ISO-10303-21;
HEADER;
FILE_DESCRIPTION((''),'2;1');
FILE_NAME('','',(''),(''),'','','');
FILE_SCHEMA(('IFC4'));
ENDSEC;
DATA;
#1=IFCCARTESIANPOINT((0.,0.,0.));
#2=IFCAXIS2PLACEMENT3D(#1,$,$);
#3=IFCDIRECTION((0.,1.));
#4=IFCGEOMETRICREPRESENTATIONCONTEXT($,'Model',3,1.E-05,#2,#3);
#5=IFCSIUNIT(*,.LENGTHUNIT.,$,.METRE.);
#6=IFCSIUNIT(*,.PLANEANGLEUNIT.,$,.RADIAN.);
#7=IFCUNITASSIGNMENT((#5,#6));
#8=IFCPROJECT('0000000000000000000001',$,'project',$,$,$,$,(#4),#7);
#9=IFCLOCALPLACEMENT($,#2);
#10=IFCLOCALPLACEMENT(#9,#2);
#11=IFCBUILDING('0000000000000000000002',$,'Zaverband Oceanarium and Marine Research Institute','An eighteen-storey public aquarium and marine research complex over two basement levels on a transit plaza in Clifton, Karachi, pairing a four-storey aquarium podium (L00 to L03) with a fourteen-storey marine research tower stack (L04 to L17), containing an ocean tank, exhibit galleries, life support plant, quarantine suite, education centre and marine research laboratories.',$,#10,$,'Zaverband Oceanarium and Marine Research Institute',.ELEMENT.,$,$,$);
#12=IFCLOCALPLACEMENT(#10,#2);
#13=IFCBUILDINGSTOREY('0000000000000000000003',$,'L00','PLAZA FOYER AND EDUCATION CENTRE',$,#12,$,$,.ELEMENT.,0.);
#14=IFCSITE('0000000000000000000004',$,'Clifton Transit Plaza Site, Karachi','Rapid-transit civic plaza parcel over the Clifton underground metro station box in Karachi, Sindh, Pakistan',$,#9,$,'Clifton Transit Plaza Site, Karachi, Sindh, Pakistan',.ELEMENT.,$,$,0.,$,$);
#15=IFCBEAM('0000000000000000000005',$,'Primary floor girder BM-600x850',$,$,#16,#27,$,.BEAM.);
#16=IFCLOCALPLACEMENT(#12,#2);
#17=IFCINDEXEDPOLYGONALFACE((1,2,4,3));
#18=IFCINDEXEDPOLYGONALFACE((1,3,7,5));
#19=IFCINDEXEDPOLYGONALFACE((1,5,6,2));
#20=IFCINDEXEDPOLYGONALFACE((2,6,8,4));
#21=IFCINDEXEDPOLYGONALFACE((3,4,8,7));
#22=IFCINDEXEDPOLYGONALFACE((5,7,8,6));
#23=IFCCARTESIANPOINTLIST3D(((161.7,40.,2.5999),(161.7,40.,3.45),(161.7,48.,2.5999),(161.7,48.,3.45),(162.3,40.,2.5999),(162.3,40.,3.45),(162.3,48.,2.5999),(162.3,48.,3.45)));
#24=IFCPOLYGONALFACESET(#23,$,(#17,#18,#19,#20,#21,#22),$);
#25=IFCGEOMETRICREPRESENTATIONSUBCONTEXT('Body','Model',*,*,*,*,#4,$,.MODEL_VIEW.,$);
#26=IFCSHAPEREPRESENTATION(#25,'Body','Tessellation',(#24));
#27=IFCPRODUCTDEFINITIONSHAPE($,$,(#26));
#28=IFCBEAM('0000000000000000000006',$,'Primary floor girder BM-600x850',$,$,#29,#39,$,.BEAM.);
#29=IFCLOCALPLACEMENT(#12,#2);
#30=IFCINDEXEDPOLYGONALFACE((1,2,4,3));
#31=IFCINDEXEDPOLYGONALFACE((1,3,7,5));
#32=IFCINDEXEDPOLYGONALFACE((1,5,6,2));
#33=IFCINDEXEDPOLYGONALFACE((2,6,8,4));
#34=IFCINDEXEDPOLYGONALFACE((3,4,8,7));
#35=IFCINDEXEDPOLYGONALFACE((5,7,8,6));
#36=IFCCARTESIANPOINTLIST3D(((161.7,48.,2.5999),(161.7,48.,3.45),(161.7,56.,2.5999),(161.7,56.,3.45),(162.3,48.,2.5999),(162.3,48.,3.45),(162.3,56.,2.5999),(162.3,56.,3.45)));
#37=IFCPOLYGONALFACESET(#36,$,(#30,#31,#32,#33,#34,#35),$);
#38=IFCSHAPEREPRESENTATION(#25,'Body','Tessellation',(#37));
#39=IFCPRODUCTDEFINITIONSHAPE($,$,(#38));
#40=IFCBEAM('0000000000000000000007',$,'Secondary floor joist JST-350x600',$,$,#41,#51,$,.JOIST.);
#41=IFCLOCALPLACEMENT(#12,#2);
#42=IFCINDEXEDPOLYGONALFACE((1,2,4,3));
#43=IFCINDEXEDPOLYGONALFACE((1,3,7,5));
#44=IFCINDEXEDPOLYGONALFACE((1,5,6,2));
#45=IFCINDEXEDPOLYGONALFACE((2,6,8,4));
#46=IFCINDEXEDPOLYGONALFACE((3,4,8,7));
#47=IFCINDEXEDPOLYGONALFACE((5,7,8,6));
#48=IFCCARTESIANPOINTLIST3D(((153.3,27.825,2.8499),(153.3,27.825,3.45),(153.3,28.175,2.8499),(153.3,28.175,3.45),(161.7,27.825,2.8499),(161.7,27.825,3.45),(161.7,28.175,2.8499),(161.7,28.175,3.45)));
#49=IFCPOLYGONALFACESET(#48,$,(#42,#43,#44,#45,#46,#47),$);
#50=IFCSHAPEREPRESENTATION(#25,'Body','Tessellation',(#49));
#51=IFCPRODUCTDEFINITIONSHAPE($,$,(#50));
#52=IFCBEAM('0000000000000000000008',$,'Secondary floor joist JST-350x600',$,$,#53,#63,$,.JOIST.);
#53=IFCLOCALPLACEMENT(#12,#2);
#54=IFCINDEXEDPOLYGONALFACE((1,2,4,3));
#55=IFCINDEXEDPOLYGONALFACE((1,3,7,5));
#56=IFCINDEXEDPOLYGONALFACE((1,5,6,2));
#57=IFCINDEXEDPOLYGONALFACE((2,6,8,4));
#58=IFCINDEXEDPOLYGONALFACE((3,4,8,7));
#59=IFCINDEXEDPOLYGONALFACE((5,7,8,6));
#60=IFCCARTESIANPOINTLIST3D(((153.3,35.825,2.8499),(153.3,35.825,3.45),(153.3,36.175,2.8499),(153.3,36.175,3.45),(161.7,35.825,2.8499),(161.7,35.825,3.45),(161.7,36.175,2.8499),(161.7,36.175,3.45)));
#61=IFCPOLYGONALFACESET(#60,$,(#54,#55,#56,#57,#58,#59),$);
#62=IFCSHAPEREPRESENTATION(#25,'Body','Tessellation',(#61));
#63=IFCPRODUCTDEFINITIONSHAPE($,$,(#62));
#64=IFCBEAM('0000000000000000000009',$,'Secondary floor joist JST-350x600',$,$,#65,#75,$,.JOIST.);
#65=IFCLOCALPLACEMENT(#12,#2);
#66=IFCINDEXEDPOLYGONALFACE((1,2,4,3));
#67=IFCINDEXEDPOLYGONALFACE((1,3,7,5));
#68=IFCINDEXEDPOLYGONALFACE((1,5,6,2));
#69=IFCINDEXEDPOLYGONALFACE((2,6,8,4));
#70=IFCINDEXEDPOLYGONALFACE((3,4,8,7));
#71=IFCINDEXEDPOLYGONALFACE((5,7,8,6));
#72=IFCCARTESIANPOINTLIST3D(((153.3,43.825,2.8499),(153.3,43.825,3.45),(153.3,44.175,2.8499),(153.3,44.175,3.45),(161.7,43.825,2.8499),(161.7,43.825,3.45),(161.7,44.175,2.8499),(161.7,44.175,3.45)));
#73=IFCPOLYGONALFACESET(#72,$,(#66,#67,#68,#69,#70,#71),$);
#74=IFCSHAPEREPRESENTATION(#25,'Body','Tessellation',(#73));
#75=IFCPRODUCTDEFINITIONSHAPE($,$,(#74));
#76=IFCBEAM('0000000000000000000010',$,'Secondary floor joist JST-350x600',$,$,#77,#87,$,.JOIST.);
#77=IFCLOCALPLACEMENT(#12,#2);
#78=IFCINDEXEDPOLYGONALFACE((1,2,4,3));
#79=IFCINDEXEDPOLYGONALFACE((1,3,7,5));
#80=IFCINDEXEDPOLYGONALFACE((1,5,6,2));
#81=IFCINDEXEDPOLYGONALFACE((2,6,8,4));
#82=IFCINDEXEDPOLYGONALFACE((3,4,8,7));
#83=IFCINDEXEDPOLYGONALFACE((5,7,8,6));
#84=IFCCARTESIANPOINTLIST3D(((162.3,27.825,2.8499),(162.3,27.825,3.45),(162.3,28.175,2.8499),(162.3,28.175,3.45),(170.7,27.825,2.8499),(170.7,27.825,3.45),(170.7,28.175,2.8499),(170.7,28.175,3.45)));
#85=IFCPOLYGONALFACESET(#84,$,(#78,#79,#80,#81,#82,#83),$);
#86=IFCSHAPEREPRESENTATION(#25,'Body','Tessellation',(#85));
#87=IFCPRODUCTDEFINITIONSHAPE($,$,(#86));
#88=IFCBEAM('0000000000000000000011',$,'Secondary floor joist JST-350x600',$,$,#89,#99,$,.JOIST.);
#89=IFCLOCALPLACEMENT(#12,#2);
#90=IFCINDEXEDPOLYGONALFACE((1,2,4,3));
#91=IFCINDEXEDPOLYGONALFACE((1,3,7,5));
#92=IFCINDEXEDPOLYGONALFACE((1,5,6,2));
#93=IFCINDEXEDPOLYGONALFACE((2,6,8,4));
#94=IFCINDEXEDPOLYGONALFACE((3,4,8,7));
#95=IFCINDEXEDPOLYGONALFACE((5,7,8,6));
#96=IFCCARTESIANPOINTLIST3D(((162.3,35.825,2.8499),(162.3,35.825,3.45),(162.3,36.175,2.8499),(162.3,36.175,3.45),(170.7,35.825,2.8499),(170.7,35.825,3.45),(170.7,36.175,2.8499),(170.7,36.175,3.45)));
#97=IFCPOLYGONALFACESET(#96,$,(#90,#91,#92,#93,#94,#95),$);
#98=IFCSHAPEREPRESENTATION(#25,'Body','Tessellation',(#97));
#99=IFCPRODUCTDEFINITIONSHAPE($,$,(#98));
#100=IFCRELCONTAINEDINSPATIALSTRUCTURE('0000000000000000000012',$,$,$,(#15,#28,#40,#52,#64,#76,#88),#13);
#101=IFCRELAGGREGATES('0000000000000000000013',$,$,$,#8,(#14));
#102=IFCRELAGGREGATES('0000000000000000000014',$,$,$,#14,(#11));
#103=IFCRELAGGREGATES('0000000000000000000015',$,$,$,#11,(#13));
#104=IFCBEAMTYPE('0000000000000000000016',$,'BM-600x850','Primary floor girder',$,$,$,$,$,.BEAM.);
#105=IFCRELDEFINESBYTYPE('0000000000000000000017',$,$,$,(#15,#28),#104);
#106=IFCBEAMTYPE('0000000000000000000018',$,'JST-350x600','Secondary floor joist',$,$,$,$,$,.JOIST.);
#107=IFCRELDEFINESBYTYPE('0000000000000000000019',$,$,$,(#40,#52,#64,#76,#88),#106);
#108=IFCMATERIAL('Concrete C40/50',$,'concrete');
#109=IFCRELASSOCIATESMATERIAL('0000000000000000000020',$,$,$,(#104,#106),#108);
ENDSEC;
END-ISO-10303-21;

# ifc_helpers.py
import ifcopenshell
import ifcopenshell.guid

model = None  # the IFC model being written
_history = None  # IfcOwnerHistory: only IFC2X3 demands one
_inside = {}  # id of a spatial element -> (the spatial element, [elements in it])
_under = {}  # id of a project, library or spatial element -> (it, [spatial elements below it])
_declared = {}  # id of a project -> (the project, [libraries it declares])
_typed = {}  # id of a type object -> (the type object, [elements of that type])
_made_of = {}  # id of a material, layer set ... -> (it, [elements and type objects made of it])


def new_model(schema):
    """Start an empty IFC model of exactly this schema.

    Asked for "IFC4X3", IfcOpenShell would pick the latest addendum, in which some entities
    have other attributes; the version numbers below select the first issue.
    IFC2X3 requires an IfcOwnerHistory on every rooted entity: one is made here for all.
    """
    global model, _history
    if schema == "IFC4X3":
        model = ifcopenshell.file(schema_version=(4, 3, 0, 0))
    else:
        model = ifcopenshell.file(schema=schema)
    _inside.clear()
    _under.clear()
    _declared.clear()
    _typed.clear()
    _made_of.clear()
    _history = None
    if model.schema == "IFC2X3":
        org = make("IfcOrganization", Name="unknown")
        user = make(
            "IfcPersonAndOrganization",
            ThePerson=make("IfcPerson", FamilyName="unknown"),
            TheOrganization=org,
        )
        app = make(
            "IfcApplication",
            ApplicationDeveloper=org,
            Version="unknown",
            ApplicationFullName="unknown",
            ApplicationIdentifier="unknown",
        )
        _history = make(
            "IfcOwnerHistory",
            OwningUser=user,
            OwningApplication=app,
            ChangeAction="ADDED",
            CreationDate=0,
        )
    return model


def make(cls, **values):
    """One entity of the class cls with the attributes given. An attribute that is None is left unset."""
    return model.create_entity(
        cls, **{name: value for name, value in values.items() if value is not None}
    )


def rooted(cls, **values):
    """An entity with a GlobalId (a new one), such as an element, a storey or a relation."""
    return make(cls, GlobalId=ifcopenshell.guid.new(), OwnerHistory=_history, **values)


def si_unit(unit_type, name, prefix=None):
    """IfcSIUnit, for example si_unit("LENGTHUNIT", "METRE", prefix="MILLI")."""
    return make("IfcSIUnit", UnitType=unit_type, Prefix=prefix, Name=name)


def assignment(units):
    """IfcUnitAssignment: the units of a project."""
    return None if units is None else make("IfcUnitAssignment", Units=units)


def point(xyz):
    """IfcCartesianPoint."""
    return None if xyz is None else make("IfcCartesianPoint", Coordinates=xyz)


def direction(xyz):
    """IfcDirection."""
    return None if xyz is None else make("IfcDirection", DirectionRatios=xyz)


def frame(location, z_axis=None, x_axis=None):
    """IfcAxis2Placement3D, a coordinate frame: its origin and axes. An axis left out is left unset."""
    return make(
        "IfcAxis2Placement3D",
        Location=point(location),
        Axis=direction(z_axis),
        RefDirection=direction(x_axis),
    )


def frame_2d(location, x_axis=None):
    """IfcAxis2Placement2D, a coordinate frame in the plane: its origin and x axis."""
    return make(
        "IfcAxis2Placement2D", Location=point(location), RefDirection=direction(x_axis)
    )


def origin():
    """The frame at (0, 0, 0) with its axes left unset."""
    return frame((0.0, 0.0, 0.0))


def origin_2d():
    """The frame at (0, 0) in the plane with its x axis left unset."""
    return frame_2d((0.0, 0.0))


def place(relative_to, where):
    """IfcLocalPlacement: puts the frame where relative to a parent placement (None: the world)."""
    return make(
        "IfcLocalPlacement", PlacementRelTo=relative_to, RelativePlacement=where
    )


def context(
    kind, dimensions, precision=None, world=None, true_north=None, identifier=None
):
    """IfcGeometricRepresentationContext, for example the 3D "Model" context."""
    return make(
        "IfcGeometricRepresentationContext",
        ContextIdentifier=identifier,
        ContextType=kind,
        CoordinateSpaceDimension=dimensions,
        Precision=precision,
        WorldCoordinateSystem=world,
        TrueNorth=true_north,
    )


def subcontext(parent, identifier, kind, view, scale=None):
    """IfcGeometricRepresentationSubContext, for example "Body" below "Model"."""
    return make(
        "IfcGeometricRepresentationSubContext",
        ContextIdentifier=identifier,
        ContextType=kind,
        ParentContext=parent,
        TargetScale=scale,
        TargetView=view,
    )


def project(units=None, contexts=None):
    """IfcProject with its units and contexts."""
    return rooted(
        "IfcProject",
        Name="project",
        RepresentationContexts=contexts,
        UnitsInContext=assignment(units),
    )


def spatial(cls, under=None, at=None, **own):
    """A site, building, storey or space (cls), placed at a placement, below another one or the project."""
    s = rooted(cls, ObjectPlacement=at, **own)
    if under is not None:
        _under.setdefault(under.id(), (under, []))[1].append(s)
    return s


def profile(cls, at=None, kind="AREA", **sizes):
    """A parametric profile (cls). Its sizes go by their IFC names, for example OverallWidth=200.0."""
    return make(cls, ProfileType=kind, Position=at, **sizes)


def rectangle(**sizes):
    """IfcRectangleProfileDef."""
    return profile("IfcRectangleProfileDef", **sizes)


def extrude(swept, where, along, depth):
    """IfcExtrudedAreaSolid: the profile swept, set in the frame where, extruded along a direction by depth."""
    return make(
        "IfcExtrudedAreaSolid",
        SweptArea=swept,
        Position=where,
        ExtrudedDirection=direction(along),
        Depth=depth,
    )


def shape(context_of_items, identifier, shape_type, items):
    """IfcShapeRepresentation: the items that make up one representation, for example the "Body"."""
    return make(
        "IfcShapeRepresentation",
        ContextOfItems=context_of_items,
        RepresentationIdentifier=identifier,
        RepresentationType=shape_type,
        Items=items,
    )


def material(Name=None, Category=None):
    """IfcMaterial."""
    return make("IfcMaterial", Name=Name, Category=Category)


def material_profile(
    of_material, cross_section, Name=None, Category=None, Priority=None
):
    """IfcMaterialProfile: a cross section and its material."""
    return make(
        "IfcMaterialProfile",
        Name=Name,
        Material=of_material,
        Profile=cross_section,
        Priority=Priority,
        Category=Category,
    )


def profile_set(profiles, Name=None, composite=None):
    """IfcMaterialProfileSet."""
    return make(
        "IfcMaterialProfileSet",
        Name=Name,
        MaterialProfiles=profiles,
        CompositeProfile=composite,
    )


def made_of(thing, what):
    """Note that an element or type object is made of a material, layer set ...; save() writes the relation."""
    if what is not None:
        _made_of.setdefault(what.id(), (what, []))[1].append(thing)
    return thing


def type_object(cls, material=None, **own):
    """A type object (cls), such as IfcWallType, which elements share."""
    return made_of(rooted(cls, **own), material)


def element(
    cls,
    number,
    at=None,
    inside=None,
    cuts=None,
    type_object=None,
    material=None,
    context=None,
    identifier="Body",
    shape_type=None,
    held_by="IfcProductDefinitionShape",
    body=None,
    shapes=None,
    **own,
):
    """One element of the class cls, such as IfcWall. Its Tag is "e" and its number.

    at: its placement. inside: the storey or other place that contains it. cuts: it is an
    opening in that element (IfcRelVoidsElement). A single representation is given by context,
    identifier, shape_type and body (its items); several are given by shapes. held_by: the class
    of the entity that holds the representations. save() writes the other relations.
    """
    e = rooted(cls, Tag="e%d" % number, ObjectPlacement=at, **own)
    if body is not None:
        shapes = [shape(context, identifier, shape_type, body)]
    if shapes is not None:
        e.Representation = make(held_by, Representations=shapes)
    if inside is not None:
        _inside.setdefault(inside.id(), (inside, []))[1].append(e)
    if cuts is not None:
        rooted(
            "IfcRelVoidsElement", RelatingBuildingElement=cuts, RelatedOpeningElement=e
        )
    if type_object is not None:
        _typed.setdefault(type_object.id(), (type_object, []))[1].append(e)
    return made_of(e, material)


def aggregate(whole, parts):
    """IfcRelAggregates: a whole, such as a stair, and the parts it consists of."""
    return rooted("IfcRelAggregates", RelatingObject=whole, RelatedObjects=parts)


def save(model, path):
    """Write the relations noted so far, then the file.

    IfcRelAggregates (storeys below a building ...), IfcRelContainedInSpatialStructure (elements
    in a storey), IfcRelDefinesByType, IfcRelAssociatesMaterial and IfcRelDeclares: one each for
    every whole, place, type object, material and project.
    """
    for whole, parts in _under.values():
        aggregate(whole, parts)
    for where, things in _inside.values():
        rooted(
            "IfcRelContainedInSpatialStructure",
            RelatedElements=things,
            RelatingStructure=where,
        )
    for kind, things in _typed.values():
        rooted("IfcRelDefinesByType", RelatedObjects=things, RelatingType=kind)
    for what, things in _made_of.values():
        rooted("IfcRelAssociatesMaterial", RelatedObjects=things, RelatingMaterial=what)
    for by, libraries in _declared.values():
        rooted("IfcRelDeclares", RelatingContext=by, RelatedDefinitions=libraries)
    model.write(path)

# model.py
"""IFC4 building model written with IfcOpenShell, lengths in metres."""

from ifc_helpers import new_model, si_unit, direction, frame, origin, origin_2d, place, context, subcontext, project, spatial, rectangle, extrude, material, material_profile, profile_set, type_object, element, save


model = new_model("IFC4")

# Units and contexts
model_context = context("Model", 3, precision=1e-05, world=origin(), true_north=direction((0.0, 1.0)))
body_context = subcontext(model_context, "Body", "Model", "MODEL_VIEW")
ifc_project = project(units=[si_unit("LENGTHUNIT", "METRE"), si_unit("PLANEANGLEUNIT", "RADIAN")], contexts=[model_context])

# Site, building, storey
site_placement = place(None, origin())
site = spatial("IfcSite", under=ifc_project, at=site_placement, Name="Clifton Transit Plaza Site, Karachi", Description="Rapid-transit civic plaza parcel over the Clifton underground metro station box in Karachi, Sindh, Pakistan", LongName="Clifton Transit Plaza Site, Karachi, Sindh, Pakistan", CompositionType="ELEMENT", RefElevation=0.0)
building_placement = place(site_placement, origin())
building = spatial("IfcBuilding", under=site, at=building_placement, Name="Zaverband Oceanarium and Marine Research Institute", Description="An eighteen-storey public aquarium and marine research complex over two basement levels on a transit plaza in Clifton, Karachi, pairing a four-storey aquarium podium (L00 to L03) with a fourteen-storey marine research tower stack (L04 to L17), containing an ocean tank, exhibit galleries, life support plant, quarantine suite, education centre and marine research laboratories.", LongName="Zaverband Oceanarium and Marine Research Institute", CompositionType="ELEMENT")
storey_placement = place(building_placement, origin())
storey = spatial("IfcBuildingStorey", under=building, at=storey_placement, Name="L00", Description="PLAZA FOYER AND EDUCATION CENTRE", CompositionType="ELEMENT", Elevation=0.0)

# Beams
ifc_material_1 = material(Name="Concrete C40/50", Category="concrete")
ifc_material_profile_1 = material_profile(ifc_material_1, rectangle(XDim=0.6001, YDim=0.8501, at=origin_2d()), Name="RC600x850")
ifc_profile_set_1 = profile_set([ifc_material_profile_1], Name="Concrete C40/50")
beam_type_1 = type_object("IfcBeamType", Name="BM-600x850", Description="Primary floor girder", PredefinedType="BEAM", material=ifc_profile_set_1)
for number, where, z_axis, x_axis, name in (
    (1, (162.0, 40.0, 3.0249), (0.0, 1.0, 0.0), (-1.0, 0.0, 0.0), "Primary floor girder BM-600x850"),
    (2, (162.0, 48.0, 3.0249), (0.0, 1.0, 0.0), (-1.0, 0.0, 0.0), "Primary floor girder BM-600x850"),
):
    element("IfcBeam", number, at=place(storey_placement, frame(where, z_axis=z_axis, x_axis=x_axis)), inside=storey, type_object=beam_type_1, Name=name, PredefinedType="BEAM", context=body_context, shape_type="SweptSolid", body=[
        extrude(rectangle(XDim=0.6001, YDim=0.8501, at=origin_2d()), origin(), (0.0, 0.0, 1.0), 8.0),
    ])
ifc_material_profile_2 = material_profile(ifc_material_1, rectangle(XDim=0.3501, YDim=0.6001, at=origin_2d()), Name="RC350x600")
ifc_profile_set_2 = profile_set([ifc_material_profile_2], Name="Concrete C40/50")
beam_type_2 = type_object("IfcBeamType", Name="JST-350x600", Description="Secondary floor joist", PredefinedType="JOIST", material=ifc_profile_set_2)
for number, where, z_axis, x_axis, name in (
    (3, (153.3, 28.0, 3.1499), (1.0, 0.0, 0.0), (0.0, 1.0, 0.0), "Secondary floor joist JST-350x600"),
    (4, (153.3, 36.0, 3.1499), (1.0, 0.0, 0.0), (0.0, 1.0, 0.0), "Secondary floor joist JST-350x600"),
    (5, (153.3, 44.0, 3.1499), (1.0, 0.0, 0.0), (0.0, 1.0, 0.0), "Secondary floor joist JST-350x600"),
    (6, (162.3, 28.0, 3.1499), (1.0, 0.0, 0.0), (0.0, 1.0, 0.0), "Secondary floor joist JST-350x600"),
    (7, (162.3, 36.0, 3.1499), (1.0, 0.0, 0.0), (0.0, 1.0, 0.0), "Secondary floor joist JST-350x600"),
):
    element("IfcBeam", number, at=place(storey_placement, frame(where, z_axis=z_axis, x_axis=x_axis)), inside=storey, type_object=beam_type_2, Name=name, PredefinedType="JOIST", context=body_context, shape_type="SweptSolid", body=[
        extrude(rectangle(XDim=0.3501, YDim=0.6001, at=origin_2d()), origin(), (0.0, 0.0, 1.0), 8.3999),
    ])

save(model, "model.ifc")
